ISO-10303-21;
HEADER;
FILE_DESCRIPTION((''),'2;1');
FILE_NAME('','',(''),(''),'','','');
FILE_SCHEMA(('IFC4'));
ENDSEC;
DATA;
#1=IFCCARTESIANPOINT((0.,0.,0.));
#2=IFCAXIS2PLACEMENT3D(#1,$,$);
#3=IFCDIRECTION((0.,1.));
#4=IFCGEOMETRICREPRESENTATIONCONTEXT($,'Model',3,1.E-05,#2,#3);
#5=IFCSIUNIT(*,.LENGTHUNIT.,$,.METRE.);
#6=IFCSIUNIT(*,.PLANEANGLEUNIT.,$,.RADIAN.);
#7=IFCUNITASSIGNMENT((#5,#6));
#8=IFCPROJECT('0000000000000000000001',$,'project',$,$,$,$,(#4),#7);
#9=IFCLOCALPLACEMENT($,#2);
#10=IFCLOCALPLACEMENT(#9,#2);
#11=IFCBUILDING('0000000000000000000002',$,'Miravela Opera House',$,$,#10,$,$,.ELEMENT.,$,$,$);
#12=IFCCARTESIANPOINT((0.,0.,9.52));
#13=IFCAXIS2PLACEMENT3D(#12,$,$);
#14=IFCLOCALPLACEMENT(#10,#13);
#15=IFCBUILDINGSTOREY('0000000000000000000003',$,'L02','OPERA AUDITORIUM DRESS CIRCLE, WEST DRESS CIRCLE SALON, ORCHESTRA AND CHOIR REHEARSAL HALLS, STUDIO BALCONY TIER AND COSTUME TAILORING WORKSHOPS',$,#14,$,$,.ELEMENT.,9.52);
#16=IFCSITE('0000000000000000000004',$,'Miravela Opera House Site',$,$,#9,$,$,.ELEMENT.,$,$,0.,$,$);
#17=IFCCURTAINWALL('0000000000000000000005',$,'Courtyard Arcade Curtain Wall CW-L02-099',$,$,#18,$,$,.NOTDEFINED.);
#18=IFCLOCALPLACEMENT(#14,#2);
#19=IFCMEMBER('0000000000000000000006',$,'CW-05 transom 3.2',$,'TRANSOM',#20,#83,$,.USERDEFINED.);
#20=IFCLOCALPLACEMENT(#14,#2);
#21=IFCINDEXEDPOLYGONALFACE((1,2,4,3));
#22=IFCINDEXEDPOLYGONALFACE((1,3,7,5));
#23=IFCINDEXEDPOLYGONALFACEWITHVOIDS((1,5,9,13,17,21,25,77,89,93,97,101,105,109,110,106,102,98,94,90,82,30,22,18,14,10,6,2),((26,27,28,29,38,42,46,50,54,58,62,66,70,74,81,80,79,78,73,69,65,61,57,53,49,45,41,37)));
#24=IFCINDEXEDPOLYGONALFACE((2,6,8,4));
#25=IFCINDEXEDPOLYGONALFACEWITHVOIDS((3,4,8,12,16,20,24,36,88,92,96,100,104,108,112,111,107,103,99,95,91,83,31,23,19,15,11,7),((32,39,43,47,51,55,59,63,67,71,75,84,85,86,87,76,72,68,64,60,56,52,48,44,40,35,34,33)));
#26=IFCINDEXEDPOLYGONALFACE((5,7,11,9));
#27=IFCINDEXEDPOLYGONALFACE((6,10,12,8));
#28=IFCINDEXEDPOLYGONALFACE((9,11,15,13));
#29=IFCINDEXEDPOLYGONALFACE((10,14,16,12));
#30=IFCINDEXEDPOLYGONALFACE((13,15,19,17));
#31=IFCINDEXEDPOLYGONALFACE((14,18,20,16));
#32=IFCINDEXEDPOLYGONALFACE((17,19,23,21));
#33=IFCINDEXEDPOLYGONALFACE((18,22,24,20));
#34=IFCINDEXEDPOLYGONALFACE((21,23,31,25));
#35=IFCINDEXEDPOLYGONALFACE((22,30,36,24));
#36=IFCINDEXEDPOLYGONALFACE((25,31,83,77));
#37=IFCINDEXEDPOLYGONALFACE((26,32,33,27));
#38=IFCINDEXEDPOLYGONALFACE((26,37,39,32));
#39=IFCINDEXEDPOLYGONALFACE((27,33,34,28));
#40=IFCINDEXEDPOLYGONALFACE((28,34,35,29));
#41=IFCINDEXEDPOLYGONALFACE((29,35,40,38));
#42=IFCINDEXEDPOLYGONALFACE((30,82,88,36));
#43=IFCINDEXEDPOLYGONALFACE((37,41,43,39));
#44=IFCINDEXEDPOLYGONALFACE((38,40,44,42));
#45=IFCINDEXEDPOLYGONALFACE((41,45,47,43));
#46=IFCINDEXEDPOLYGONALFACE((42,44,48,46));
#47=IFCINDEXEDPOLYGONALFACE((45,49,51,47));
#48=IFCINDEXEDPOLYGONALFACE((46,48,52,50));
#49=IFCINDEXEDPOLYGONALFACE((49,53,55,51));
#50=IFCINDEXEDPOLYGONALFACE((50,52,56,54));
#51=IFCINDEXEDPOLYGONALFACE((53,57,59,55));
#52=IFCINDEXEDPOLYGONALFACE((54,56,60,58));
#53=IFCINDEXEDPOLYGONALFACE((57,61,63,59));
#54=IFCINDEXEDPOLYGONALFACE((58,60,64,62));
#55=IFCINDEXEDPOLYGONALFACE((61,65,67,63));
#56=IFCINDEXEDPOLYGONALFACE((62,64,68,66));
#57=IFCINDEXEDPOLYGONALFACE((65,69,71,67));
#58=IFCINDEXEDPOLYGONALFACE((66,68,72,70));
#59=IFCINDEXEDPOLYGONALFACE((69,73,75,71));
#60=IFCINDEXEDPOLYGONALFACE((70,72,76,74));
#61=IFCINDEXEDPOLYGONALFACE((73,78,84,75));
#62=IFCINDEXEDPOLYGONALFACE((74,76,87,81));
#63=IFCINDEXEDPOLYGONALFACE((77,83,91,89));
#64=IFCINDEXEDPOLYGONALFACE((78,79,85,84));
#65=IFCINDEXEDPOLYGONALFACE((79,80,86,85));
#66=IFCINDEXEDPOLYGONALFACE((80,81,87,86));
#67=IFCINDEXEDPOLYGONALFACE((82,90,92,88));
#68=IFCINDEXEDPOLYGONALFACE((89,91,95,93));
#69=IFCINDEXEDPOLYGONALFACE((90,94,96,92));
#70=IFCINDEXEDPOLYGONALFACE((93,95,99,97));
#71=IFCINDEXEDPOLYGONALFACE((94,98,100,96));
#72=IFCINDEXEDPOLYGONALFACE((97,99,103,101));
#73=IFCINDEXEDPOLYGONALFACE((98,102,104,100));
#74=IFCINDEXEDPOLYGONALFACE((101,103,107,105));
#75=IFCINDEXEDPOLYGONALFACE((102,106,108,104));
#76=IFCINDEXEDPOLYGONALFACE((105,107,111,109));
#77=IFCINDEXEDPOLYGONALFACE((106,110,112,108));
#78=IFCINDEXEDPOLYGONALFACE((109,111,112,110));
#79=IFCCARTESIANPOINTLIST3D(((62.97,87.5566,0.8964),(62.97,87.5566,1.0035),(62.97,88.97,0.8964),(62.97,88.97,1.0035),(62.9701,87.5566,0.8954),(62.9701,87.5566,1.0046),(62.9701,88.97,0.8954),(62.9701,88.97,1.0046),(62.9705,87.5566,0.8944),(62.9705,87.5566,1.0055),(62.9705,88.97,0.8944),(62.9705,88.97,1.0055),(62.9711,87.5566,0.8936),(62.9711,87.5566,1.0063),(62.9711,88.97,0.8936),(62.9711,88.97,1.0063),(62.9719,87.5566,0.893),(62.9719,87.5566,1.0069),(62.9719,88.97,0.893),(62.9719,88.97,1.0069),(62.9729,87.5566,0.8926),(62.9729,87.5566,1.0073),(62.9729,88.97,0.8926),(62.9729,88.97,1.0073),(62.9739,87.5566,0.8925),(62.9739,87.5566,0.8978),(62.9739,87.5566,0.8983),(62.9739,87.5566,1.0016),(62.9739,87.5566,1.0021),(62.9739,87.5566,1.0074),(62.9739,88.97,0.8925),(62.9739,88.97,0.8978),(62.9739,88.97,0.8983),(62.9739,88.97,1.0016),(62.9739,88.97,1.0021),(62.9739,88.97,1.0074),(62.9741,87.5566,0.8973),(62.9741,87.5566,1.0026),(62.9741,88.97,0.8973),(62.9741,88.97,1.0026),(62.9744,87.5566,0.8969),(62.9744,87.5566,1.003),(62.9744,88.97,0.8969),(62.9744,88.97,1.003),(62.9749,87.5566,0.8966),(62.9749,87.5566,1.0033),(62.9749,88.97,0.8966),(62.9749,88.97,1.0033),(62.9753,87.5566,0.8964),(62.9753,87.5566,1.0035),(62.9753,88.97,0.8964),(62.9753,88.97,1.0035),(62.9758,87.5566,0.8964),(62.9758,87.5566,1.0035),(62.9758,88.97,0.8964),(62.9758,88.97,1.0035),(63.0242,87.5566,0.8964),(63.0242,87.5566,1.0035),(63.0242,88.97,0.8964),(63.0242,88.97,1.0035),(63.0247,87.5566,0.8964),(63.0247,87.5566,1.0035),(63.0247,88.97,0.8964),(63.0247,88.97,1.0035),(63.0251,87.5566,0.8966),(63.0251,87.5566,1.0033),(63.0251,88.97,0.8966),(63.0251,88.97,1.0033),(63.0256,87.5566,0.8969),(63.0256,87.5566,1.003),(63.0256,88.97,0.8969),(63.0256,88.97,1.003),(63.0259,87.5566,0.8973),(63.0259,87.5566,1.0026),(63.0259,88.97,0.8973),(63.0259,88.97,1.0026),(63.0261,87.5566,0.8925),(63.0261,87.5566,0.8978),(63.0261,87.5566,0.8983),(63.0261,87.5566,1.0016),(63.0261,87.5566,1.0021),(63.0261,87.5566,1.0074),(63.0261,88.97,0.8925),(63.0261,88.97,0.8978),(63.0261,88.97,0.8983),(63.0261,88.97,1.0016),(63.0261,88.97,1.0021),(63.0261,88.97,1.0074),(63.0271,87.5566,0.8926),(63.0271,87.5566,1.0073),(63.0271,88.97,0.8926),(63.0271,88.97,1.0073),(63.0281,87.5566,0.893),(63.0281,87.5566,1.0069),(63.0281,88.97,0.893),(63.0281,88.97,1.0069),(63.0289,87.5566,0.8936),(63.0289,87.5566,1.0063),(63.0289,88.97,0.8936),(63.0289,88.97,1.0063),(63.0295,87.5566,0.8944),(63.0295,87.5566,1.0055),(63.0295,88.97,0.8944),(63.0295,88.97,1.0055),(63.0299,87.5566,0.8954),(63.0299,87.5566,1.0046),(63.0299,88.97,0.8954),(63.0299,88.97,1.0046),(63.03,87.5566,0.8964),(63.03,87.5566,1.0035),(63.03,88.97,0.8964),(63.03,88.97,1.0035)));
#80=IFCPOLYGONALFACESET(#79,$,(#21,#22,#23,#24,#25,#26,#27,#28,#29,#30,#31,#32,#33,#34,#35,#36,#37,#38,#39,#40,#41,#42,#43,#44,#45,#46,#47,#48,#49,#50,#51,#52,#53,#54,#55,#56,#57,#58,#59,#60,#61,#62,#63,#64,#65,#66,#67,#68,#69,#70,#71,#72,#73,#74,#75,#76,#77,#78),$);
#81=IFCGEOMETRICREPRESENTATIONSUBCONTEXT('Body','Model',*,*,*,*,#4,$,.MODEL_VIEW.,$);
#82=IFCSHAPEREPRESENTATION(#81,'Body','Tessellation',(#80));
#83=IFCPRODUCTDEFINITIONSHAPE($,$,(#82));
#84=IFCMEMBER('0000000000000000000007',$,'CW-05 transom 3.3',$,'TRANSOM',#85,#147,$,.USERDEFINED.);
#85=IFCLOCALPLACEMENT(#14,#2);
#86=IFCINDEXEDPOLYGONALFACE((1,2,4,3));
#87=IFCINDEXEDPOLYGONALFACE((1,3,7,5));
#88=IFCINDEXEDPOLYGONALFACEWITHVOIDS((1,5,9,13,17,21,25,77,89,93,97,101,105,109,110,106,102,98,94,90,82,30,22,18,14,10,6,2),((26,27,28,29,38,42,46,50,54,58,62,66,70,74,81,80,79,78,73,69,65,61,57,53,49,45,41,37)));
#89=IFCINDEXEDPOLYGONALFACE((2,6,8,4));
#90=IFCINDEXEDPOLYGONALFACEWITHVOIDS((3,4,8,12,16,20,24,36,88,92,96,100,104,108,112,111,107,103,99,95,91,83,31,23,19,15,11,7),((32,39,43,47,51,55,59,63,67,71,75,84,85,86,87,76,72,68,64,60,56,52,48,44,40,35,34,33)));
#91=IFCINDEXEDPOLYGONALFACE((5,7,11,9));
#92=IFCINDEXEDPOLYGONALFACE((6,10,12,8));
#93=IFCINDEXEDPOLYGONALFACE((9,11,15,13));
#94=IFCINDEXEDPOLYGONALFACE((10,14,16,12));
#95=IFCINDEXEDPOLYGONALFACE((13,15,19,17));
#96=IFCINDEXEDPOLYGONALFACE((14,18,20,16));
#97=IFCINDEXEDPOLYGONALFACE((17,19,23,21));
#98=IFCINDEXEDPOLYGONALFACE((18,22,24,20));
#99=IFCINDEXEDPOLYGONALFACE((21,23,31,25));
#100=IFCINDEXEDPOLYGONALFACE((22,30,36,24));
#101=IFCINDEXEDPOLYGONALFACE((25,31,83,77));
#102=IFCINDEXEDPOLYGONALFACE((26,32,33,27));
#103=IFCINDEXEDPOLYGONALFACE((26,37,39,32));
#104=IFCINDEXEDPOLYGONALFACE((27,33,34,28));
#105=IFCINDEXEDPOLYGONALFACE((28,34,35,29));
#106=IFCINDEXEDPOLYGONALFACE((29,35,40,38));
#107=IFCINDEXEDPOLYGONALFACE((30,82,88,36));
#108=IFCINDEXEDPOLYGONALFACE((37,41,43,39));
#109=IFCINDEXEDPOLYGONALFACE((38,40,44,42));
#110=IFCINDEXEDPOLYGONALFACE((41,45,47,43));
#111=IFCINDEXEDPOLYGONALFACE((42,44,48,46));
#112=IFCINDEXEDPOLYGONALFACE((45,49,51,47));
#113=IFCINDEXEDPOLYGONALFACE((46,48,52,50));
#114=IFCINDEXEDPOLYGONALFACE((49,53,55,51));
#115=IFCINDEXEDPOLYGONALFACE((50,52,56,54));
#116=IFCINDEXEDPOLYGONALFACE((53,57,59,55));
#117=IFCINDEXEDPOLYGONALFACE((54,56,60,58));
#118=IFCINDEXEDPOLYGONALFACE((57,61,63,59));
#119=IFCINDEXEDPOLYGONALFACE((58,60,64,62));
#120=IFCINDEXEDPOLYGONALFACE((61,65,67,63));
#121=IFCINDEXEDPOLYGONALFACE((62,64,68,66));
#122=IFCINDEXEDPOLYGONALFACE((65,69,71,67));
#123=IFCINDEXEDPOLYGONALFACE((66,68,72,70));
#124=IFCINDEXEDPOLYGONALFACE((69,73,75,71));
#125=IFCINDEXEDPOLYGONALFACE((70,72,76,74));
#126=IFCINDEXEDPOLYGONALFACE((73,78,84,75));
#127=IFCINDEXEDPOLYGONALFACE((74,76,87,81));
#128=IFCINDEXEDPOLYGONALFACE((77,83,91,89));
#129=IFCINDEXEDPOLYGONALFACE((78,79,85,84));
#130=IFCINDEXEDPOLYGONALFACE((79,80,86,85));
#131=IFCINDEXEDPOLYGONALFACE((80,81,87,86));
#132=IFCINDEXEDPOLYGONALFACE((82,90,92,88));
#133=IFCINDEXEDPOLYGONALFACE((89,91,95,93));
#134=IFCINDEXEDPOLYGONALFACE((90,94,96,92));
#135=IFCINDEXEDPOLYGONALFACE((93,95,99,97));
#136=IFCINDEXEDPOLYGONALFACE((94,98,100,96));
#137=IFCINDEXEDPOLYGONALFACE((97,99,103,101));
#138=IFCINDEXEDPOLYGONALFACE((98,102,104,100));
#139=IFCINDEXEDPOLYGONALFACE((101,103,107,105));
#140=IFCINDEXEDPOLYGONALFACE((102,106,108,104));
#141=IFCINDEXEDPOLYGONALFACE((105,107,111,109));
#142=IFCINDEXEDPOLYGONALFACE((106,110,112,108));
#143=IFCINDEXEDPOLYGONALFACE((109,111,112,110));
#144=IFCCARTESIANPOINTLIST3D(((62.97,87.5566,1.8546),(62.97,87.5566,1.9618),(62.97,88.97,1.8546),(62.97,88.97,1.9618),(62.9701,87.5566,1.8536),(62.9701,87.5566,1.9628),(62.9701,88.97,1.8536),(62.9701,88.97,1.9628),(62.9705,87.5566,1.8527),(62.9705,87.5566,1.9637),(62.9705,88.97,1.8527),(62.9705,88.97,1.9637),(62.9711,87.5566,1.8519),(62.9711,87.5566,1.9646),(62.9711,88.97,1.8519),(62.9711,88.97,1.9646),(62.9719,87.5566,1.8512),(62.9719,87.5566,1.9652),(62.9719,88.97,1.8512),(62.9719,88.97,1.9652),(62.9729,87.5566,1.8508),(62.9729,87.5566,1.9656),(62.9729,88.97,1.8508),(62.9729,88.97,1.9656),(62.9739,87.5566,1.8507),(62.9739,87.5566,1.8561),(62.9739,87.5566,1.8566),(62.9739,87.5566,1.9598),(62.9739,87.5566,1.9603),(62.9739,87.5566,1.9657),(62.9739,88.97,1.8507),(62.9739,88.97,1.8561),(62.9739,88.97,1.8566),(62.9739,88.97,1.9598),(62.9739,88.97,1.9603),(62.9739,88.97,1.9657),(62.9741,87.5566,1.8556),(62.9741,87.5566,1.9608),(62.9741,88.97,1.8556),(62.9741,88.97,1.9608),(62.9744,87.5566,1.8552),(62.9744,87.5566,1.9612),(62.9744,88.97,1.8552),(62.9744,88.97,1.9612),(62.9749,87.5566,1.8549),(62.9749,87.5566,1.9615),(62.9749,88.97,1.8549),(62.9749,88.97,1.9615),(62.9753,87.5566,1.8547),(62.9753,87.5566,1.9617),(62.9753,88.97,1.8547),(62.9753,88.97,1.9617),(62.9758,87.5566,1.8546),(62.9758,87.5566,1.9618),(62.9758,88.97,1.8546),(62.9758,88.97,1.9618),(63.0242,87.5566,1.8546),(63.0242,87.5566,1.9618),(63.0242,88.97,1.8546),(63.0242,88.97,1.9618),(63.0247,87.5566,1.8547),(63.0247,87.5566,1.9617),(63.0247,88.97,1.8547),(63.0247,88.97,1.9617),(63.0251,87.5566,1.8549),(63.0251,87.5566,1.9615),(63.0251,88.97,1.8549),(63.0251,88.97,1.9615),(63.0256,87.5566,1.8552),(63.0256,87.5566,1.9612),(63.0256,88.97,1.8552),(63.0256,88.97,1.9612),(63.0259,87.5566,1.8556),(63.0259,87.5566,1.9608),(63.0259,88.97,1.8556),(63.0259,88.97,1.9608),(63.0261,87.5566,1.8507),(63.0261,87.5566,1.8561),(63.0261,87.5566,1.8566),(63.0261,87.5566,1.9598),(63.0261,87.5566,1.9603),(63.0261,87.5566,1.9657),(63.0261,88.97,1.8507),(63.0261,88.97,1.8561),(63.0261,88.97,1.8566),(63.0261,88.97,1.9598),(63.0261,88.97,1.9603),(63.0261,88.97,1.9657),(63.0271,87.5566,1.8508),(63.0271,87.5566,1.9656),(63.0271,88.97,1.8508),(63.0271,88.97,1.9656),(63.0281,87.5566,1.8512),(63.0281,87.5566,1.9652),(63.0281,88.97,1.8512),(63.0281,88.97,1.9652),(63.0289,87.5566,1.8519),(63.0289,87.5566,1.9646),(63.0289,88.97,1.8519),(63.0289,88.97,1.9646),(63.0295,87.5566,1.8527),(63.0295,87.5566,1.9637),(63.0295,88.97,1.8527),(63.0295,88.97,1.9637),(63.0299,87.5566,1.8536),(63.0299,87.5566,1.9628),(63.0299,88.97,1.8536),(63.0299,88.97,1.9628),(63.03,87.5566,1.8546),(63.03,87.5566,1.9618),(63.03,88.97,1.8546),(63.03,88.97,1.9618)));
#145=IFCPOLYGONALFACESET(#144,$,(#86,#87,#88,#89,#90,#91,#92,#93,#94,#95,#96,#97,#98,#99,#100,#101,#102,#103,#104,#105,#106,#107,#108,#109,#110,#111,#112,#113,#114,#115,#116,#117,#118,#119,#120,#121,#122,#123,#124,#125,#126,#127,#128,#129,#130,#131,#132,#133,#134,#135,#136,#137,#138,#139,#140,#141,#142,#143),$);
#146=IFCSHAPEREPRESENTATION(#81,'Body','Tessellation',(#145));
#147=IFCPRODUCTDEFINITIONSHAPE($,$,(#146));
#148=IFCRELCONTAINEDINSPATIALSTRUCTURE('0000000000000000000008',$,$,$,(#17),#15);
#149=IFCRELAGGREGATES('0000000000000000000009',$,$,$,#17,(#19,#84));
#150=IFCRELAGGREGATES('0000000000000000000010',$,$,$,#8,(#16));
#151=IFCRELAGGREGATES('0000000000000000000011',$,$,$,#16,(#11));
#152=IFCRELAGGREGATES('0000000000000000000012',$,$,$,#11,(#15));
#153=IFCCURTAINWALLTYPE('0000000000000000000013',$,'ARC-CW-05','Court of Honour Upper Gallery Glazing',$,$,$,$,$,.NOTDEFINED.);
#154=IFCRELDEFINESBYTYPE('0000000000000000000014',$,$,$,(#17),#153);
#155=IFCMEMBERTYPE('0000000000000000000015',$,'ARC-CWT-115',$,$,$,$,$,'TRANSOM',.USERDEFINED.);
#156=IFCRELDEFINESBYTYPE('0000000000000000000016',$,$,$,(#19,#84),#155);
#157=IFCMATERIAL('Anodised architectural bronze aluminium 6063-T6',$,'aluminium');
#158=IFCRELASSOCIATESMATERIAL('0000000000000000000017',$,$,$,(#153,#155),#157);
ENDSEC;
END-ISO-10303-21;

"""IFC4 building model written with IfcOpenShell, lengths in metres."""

from ifc_helpers import new_model, si_unit, direction, frame, origin, origin_2d, place, context, subcontext, project, spatial, hollow_rectangle, extrude, material, material_profile, profile_set, type_object, element, aggregate, save


model = new_model("IFC4")

# Units and contexts
model_context = context("Model", 3, precision=1e-05, world=origin(), true_north=direction((0.0, 1.0)))
body_context = subcontext(model_context, "Body", "Model", "MODEL_VIEW")
ifc_project = project(units=[si_unit("LENGTHUNIT", "METRE"), si_unit("PLANEANGLEUNIT", "RADIAN")], contexts=[model_context])

# Site, building, storey
site_placement = place(None, origin())
site = spatial("IfcSite", under=ifc_project, at=site_placement, Name="Miravela Opera House Site", CompositionType="ELEMENT", RefElevation=0.0)
building_placement = place(site_placement, origin())
building = spatial("IfcBuilding", under=site, at=building_placement, Name="Miravela Opera House", CompositionType="ELEMENT")
storey_placement = place(building_placement, frame((0.0, 0.0, 9.52)))
storey = spatial("IfcBuildingStorey", under=building, at=storey_placement, Name="L02", Description="OPERA AUDITORIUM DRESS CIRCLE, WEST DRESS CIRCLE SALON, ORCHESTRA AND CHOIR REHEARSAL HALLS, STUDIO BALCONY TIER AND COSTUME TAILORING WORKSHOPS", CompositionType="ELEMENT", Elevation=9.52)

# Curtain wall, members
ifc_material_1 = material(Name="Anodised architectural bronze aluminium 6063-T6", Category="aluminium")
curtain_wall_type = type_object("IfcCurtainWallType", Name="ARC-CW-05", Description="Court of Honour Upper Gallery Glazing", PredefinedType="NOTDEFINED", material=ifc_material_1)
curtain_wall_placement = place(storey_placement, origin())
curtain_wall = element("IfcCurtainWall", 1, at=curtain_wall_placement, inside=storey, type_object=curtain_wall_type, Name="Courtyard Arcade Curtain Wall CW-L02-099", PredefinedType="NOTDEFINED")
ifc_material_profile_1 = material_profile(ifc_material_1, hollow_rectangle(XDim=0.0601, YDim=0.115, WallThickness=0.0039, InnerFilletRadius=0.002, OuterFilletRadius=0.0039, at=origin_2d()), Name="CWT-60X115")
ifc_profile_set_1 = profile_set([ifc_material_profile_1])
member_type_1 = type_object("IfcMemberType", Name="ARC-CWT-115", ElementType="TRANSOM", PredefinedType="USERDEFINED", material=ifc_profile_set_1)
member_1_placement = place(storey_placement, frame((63.0, 87.5566, 0.95), z_axis=(0.0, 1.0, 0.0), x_axis=(-1.0, 0.0, 0.0)))
member_1 = element("IfcMember", 2, at=member_1_placement, type_object=member_type_1, Name="CW-05 transom 3.2", ObjectType="TRANSOM", PredefinedType="USERDEFINED", context=body_context, shape_type="SweptSolid", body=[
    extrude(hollow_rectangle(XDim=0.0601, YDim=0.115, WallThickness=0.0039, InnerFilletRadius=0.002, OuterFilletRadius=0.0039, at=origin_2d()), origin(), (0.0, 0.0, 1.0), 1.4133),
])
member_2_placement = place(storey_placement, frame((63.0, 87.5566, 1.9082), z_axis=(0.0, 1.0, 0.0), x_axis=(-1.0, 0.0, 0.0)))
member_2 = element("IfcMember", 3, at=member_2_placement, type_object=member_type_1, Name="CW-05 transom 3.3", ObjectType="TRANSOM", PredefinedType="USERDEFINED", context=body_context, shape_type="SweptSolid", body=[
    extrude(hollow_rectangle(XDim=0.0601, YDim=0.115, WallThickness=0.0039, InnerFilletRadius=0.002, OuterFilletRadius=0.0039, at=origin_2d()), origin(), (0.0, 0.0, 1.0), 1.4133),
])
aggregate(curtain_wall, [member_1, member_2])

save(model, "model.ifc")
